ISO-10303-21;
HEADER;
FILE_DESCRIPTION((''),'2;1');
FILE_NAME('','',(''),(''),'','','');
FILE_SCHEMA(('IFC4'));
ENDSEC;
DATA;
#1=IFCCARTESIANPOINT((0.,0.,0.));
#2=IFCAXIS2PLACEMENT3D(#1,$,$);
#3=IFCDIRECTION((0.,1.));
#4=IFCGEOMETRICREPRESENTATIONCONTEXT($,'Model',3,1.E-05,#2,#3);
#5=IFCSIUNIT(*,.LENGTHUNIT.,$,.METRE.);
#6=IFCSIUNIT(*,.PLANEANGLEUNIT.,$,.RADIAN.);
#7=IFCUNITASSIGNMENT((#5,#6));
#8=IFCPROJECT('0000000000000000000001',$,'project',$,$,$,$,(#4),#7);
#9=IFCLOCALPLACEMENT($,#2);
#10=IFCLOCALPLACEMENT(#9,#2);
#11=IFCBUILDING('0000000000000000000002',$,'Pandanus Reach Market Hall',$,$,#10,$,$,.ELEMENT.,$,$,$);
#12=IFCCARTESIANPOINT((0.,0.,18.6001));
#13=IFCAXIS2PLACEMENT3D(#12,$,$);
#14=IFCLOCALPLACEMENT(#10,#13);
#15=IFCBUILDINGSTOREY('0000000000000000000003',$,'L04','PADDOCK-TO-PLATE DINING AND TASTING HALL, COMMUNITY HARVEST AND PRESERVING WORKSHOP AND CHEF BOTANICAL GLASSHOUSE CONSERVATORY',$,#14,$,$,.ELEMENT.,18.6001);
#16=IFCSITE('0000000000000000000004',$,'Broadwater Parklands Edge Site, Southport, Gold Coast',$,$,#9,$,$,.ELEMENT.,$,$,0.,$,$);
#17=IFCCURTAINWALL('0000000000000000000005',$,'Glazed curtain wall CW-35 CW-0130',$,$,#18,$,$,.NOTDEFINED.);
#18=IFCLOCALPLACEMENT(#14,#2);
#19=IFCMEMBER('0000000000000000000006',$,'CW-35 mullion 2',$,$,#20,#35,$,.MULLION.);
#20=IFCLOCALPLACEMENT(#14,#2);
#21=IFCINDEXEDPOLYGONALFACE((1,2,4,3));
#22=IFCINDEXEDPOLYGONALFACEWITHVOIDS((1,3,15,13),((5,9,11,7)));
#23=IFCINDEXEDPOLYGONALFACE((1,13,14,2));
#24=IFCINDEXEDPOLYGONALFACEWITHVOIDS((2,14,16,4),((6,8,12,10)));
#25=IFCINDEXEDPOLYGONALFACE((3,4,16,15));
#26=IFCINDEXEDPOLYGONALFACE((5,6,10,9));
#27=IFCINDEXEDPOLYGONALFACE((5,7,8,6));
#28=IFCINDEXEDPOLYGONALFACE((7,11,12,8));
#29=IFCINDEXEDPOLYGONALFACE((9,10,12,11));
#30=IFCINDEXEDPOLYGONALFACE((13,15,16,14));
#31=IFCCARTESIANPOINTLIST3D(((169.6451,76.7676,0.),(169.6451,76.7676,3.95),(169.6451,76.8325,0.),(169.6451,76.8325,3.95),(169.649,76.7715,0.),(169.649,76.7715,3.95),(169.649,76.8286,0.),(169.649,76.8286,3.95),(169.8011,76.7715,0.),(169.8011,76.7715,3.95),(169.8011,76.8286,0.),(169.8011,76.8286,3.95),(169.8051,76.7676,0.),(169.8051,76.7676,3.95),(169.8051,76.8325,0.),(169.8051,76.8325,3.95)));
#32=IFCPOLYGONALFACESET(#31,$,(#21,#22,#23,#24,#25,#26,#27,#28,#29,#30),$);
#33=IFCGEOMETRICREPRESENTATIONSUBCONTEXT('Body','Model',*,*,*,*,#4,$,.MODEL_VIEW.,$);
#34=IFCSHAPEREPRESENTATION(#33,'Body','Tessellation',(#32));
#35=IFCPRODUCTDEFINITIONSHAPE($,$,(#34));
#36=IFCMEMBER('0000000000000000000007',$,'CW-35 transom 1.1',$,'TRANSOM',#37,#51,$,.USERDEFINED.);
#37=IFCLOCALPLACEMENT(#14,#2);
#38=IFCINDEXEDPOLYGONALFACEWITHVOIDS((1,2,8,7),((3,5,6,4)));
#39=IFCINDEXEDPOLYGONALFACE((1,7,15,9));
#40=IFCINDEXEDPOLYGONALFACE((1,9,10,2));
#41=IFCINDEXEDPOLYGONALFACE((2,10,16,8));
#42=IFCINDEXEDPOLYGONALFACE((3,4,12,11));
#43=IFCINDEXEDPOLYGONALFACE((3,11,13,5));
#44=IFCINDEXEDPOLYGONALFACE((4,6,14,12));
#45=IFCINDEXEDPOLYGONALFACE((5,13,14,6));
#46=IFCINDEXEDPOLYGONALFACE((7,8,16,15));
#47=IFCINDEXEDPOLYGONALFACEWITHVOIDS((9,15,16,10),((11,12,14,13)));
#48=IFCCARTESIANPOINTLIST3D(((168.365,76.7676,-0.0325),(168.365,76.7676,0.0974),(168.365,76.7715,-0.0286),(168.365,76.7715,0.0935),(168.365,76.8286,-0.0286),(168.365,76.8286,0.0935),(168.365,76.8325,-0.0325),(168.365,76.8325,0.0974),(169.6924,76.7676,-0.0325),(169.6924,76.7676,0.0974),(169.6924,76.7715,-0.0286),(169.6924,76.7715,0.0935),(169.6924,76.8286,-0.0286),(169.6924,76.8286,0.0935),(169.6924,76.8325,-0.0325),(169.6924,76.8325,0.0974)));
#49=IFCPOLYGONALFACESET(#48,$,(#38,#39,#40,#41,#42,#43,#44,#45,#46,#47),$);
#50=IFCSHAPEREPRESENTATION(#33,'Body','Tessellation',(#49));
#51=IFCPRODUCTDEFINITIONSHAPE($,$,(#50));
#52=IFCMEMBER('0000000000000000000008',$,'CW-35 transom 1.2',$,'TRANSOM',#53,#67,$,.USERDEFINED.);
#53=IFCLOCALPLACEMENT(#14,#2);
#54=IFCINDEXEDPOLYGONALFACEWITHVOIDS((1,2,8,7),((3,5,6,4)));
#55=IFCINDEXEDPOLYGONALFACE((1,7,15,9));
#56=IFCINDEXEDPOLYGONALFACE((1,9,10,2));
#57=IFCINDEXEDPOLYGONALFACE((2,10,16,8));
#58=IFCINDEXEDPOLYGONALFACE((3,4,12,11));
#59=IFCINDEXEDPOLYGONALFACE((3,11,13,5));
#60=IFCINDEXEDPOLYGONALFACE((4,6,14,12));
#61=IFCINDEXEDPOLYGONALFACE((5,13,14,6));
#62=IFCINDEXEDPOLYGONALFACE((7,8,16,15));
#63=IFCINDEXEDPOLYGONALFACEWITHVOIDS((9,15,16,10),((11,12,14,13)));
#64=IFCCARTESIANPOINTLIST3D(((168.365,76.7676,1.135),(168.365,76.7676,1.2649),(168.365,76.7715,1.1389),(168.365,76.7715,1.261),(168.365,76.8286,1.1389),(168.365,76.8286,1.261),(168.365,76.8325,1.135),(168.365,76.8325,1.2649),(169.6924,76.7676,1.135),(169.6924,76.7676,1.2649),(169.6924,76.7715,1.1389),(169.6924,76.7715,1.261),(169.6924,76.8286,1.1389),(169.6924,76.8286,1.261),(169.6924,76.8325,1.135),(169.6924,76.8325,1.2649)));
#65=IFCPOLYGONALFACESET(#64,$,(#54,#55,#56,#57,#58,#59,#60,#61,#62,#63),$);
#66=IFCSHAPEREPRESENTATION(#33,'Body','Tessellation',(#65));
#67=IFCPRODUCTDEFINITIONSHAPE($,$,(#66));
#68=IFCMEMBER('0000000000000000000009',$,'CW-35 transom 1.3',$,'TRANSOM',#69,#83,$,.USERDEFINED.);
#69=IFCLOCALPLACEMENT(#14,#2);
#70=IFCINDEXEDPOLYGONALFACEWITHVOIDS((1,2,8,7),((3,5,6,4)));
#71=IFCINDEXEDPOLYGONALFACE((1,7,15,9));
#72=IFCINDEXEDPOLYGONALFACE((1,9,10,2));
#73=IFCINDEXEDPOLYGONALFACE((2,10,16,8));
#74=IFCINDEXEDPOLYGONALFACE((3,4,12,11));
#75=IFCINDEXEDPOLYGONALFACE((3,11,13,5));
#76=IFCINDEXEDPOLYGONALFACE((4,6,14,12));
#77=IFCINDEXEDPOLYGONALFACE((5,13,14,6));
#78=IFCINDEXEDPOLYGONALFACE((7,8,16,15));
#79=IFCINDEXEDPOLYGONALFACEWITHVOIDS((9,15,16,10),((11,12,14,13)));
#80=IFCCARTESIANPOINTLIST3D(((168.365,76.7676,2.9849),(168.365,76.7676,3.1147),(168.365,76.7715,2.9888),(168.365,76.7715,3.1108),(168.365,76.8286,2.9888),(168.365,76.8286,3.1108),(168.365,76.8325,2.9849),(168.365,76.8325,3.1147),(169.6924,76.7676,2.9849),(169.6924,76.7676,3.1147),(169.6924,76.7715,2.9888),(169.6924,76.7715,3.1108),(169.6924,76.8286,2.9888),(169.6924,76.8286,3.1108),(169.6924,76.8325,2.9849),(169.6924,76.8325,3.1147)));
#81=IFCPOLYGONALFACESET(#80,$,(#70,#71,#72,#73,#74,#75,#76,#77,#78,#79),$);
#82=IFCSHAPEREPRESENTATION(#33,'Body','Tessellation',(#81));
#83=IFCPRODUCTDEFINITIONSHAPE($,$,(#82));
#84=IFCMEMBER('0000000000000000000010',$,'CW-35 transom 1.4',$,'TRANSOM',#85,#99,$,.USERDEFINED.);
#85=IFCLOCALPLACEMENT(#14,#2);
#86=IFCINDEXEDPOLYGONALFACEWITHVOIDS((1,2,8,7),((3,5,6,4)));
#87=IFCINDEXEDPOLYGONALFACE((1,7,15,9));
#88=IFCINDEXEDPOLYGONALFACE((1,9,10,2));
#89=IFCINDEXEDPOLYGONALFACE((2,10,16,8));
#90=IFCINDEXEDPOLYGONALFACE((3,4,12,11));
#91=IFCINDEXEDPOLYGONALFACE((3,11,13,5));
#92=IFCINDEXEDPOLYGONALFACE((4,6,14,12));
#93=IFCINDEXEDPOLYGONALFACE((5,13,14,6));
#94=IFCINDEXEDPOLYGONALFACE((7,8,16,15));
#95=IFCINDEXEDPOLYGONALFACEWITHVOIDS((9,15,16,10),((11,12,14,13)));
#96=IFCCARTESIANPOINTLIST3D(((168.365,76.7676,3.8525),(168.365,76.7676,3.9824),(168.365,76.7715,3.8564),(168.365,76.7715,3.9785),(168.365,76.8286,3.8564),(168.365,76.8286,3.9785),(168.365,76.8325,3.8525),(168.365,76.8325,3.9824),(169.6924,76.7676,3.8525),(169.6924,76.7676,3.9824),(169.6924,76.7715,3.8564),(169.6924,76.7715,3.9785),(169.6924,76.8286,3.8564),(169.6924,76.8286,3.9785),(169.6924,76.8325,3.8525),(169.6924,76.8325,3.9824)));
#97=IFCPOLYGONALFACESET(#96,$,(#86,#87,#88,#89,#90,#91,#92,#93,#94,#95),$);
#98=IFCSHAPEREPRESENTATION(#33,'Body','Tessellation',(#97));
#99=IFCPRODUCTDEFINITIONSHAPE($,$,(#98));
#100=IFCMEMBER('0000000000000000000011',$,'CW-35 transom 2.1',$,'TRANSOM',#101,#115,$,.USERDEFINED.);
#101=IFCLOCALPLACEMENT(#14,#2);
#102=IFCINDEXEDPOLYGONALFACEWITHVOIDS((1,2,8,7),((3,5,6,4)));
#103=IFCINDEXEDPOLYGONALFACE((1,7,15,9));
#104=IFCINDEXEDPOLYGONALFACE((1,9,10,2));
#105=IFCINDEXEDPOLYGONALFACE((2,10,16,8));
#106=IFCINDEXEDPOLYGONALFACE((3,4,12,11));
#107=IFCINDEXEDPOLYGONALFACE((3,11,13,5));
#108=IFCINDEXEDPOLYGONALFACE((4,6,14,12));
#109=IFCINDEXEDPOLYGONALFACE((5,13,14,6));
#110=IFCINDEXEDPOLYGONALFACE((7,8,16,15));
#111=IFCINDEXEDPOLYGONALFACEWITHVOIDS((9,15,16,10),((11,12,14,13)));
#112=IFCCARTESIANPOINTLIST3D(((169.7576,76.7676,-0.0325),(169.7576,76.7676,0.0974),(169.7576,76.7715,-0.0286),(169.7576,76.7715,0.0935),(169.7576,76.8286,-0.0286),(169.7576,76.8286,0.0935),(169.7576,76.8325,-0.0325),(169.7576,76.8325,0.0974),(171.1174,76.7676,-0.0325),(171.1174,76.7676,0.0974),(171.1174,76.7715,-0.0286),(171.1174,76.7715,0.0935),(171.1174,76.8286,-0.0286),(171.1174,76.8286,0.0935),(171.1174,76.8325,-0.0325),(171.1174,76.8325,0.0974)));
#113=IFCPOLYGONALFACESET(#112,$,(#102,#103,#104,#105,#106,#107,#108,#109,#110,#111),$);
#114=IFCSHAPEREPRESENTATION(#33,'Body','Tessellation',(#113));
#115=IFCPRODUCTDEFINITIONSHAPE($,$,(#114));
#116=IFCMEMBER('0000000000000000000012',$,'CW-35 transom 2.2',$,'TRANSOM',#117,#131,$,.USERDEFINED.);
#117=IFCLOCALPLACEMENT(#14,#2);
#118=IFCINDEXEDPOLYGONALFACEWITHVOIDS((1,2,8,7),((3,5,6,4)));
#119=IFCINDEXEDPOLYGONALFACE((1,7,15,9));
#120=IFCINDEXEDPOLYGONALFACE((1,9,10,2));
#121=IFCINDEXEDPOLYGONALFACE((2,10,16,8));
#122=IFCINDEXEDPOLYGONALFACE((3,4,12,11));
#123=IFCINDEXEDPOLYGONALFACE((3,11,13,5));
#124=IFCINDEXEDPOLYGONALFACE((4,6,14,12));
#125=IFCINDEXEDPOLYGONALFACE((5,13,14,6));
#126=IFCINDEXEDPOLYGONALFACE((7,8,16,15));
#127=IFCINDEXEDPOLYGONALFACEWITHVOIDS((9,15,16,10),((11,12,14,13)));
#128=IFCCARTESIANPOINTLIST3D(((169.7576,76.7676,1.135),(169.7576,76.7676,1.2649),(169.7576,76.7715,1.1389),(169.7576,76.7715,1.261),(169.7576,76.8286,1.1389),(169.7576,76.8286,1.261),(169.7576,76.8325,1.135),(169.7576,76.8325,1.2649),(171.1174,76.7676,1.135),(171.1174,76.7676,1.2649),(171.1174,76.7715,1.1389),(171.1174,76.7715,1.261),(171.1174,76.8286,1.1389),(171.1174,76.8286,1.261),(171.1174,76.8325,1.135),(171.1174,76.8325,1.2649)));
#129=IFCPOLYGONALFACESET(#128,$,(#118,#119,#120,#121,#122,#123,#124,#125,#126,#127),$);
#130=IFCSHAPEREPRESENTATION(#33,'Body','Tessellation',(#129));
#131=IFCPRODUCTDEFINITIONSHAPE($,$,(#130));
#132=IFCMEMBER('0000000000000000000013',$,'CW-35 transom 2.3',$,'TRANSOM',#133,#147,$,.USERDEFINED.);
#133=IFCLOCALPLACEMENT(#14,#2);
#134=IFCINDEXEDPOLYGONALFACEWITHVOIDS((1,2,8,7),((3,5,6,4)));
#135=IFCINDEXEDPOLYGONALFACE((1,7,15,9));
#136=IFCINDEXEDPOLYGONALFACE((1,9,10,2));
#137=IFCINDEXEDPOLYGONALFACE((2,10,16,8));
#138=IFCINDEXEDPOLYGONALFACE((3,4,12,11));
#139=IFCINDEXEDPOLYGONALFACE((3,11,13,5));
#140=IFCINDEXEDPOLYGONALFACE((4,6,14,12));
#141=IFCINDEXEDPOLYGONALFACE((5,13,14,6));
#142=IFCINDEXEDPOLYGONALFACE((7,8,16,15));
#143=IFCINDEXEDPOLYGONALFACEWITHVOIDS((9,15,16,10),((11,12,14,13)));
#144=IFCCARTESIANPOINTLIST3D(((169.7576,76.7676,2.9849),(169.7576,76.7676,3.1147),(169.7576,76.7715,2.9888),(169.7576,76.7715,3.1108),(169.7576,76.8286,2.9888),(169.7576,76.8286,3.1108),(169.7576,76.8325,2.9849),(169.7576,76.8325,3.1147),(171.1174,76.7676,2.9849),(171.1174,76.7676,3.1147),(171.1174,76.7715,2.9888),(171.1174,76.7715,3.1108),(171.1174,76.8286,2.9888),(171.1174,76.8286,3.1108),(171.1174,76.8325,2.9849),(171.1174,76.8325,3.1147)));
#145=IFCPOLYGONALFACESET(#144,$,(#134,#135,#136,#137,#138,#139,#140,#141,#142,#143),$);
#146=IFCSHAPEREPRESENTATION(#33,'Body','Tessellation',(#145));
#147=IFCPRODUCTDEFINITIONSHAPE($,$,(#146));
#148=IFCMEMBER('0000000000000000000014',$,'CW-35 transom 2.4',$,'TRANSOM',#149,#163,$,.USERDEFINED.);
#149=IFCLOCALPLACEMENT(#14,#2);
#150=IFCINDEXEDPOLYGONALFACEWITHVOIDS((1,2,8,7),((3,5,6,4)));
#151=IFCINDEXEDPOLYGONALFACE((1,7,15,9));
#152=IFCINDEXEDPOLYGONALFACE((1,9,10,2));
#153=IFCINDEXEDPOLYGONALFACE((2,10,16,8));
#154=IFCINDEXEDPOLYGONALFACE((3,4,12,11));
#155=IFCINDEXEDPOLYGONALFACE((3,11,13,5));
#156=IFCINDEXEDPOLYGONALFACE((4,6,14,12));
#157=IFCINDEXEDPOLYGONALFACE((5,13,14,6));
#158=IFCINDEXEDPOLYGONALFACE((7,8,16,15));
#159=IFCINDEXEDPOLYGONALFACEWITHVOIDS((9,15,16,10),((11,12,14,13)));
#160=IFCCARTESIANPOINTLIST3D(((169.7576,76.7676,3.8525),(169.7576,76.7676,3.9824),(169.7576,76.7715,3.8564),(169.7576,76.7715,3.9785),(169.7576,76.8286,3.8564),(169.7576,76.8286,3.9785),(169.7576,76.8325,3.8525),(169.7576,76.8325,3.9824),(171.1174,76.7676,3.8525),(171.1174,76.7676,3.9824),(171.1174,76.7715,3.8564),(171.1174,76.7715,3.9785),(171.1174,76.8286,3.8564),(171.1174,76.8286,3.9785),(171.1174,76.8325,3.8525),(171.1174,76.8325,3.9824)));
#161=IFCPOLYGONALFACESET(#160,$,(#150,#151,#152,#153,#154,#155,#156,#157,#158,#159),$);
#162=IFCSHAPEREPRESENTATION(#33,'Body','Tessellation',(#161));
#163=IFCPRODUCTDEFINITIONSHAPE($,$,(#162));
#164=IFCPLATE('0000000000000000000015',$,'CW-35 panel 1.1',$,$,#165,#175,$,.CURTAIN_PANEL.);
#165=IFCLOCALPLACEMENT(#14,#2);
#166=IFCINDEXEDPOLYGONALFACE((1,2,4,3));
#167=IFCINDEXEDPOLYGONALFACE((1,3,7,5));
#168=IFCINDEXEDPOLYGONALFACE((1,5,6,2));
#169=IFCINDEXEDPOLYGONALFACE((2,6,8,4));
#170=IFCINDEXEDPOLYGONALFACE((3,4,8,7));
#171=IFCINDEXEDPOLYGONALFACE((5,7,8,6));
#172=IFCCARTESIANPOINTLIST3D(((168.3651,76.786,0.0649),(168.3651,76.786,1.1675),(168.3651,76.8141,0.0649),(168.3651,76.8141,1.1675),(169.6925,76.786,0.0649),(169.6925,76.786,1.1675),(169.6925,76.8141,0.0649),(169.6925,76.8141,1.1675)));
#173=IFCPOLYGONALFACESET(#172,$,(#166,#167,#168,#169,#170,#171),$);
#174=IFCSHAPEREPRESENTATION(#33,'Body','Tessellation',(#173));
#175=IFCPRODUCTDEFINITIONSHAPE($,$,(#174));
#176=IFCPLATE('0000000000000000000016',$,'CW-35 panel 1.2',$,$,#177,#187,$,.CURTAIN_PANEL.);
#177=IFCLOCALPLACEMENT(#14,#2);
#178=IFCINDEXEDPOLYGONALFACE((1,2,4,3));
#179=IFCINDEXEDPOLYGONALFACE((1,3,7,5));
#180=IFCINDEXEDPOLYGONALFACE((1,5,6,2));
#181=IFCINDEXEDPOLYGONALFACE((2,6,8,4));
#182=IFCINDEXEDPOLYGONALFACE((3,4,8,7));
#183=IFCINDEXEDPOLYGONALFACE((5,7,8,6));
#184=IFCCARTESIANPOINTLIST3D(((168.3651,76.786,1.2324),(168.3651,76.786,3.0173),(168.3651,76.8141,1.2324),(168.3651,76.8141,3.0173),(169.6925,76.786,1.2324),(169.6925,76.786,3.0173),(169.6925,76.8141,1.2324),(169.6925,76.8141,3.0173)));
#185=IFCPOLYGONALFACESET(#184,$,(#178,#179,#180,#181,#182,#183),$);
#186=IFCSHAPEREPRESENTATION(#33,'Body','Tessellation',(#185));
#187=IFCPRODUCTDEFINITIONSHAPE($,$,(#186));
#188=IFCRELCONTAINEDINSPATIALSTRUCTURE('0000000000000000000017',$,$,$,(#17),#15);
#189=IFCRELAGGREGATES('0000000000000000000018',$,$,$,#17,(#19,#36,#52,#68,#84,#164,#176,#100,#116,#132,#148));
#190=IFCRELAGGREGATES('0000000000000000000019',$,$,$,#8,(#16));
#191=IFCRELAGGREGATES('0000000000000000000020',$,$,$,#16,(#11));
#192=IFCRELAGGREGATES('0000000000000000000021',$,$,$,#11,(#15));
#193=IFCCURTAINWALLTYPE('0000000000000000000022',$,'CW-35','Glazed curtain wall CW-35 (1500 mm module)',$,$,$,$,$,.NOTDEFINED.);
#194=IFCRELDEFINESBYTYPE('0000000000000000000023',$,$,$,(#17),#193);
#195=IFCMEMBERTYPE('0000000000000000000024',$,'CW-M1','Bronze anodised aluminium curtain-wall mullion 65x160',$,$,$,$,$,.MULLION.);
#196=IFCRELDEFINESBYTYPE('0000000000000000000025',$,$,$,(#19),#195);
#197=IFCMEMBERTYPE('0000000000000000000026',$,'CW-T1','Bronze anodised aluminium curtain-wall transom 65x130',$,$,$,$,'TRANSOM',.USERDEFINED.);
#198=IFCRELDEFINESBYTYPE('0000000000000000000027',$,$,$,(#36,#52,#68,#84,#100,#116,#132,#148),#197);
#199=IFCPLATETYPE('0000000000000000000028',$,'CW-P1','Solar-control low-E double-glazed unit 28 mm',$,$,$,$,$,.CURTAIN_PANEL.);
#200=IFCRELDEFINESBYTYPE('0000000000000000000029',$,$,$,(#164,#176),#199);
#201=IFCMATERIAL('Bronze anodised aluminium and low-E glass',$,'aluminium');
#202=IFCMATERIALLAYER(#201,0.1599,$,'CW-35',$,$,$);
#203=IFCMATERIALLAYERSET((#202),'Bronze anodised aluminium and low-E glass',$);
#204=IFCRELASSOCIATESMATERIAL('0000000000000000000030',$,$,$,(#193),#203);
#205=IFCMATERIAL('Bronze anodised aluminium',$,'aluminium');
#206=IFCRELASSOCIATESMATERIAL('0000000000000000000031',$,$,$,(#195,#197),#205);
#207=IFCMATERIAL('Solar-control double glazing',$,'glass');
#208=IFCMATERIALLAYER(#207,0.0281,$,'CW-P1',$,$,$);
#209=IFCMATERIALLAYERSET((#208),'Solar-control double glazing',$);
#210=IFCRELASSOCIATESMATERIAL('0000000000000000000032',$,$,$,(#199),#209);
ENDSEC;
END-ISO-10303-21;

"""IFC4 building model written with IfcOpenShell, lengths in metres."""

from ifc_helpers import new_model, si_unit, direction, frame, origin, origin_2d, place, context, subcontext, project, spatial, rectangle, hollow_rectangle, extrude, material, layer, layer_set, material_profile, profile_set, type_object, element, aggregate, save


model = new_model("IFC4")

# Units and contexts
model_context = context("Model", 3, precision=1e-05, world=origin(), true_north=direction((0.0, 1.0)))
body_context = subcontext(model_context, "Body", "Model", "MODEL_VIEW")
ifc_project = project(units=[si_unit("LENGTHUNIT", "METRE"), si_unit("PLANEANGLEUNIT", "RADIAN")], contexts=[model_context])

# Site, building, storey
site_placement = place(None, origin())
site = spatial("IfcSite", under=ifc_project, at=site_placement, Name="Broadwater Parklands Edge Site, Southport, Gold Coast", CompositionType="ELEMENT", RefElevation=0.0)
building_placement = place(site_placement, origin())
building = spatial("IfcBuilding", under=site, at=building_placement, Name="Pandanus Reach Market Hall", CompositionType="ELEMENT")
storey_placement = place(building_placement, frame((0.0, 0.0, 18.6001)))
storey = spatial("IfcBuildingStorey", under=building, at=storey_placement, Name="L04", Description="PADDOCK-TO-PLATE DINING AND TASTING HALL, COMMUNITY HARVEST AND PRESERVING WORKSHOP AND CHEF BOTANICAL GLASSHOUSE CONSERVATORY", CompositionType="ELEMENT", Elevation=18.6001)

# Curtain wall, members, plates
ifc_material_1 = material(Name="Bronze anodised aluminium and low-E glass", Category="aluminium")
ifc_layer_1 = layer(ifc_material_1, 0.1599, Name="CW-35")
ifc_layer_set_1 = layer_set([ifc_layer_1], Name="Bronze anodised aluminium and low-E glass")
curtain_wall_type = type_object("IfcCurtainWallType", Name="CW-35", Description="Glazed curtain wall CW-35 (1500 mm module)", PredefinedType="NOTDEFINED", material=ifc_layer_set_1)
curtain_wall_placement = place(storey_placement, origin())
curtain_wall = element("IfcCurtainWall", 1, at=curtain_wall_placement, inside=storey, type_object=curtain_wall_type, Name="Glazed curtain wall CW-35 CW-0130", PredefinedType="NOTDEFINED")
ifc_material_2 = material(Name="Bronze anodised aluminium", Category="aluminium")
ifc_material_profile_1 = material_profile(ifc_material_2, hollow_rectangle(XDim=0.0649, YDim=0.1599, WallThickness=0.0039, at=origin_2d()), Name="ALU65x160", Category="LoadBearing")
ifc_profile_set_1 = profile_set([ifc_material_profile_1], Name="Bronze anodised aluminium")
member_type_1 = type_object("IfcMemberType", Name="CW-M1", Description="Bronze anodised aluminium curtain-wall mullion 65x160", PredefinedType="MULLION", material=ifc_profile_set_1)
member_1_placement = place(storey_placement, frame((169.7251, 76.8, 0.0), z_axis=(0.0, 0.0, 1.0), x_axis=(0.0, 1.0, 0.0)))
member_1 = element("IfcMember", 2, at=member_1_placement, type_object=member_type_1, Name="CW-35 mullion 2", PredefinedType="MULLION", context=body_context, shape_type="SweptSolid", body=[
    extrude(hollow_rectangle(XDim=0.0649, YDim=0.1599, WallThickness=0.0039, at=origin_2d()), origin(), (0.0, 0.0, 1.0), 3.95),
])
ifc_material_profile_2 = material_profile(ifc_material_2, hollow_rectangle(XDim=0.0649, YDim=0.1299, WallThickness=0.0039, at=origin_2d()), Name="ALU65x130", Category="LoadBearing")
ifc_profile_set_2 = profile_set([ifc_material_profile_2], Name="Bronze anodised aluminium")
member_type_2 = type_object("IfcMemberType", Name="CW-T1", Description="Bronze anodised aluminium curtain-wall transom 65x130", ElementType="TRANSOM", PredefinedType="USERDEFINED", material=ifc_profile_set_2)
member_2_placement = place(storey_placement, frame((168.365, 76.8, 0.0325), z_axis=(1.0, 0.0, 0.0), x_axis=(0.0, 1.0, 0.0)))
member_2 = element("IfcMember", 3, at=member_2_placement, type_object=member_type_2, Name="CW-35 transom 1.1", ObjectType="TRANSOM", PredefinedType="USERDEFINED", context=body_context, shape_type="SweptSolid", body=[
    extrude(hollow_rectangle(XDim=0.0649, YDim=0.1299, WallThickness=0.0039, at=origin_2d()), origin(), (0.0, 0.0, 1.0), 1.3274),
])
member_3_placement = place(storey_placement, frame((168.365, 76.8, 1.2), z_axis=(1.0, 0.0, 0.0), x_axis=(0.0, 1.0, 0.0)))
member_3 = element("IfcMember", 4, at=member_3_placement, type_object=member_type_2, Name="CW-35 transom 1.2", ObjectType="TRANSOM", PredefinedType="USERDEFINED", context=body_context, shape_type="SweptSolid", body=[
    extrude(hollow_rectangle(XDim=0.0649, YDim=0.1299, WallThickness=0.0039, at=origin_2d()), origin(), (0.0, 0.0, 1.0), 1.3274),
])
member_4_placement = place(storey_placement, frame((168.365, 76.8, 3.0498), z_axis=(1.0, 0.0, 0.0), x_axis=(0.0, 1.0, 0.0)))
member_4 = element("IfcMember", 5, at=member_4_placement, type_object=member_type_2, Name="CW-35 transom 1.3", ObjectType="TRANSOM", PredefinedType="USERDEFINED", context=body_context, shape_type="SweptSolid", body=[
    extrude(hollow_rectangle(XDim=0.0649, YDim=0.1299, WallThickness=0.0039, at=origin_2d()), origin(), (0.0, 0.0, 1.0), 1.3274),
])
member_5_placement = place(storey_placement, frame((168.365, 76.8, 3.9175), z_axis=(1.0, 0.0, 0.0), x_axis=(0.0, 1.0, 0.0)))
member_5 = element("IfcMember", 6, at=member_5_placement, type_object=member_type_2, Name="CW-35 transom 1.4", ObjectType="TRANSOM", PredefinedType="USERDEFINED", context=body_context, shape_type="SweptSolid", body=[
    extrude(hollow_rectangle(XDim=0.0649, YDim=0.1299, WallThickness=0.0039, at=origin_2d()), origin(), (0.0, 0.0, 1.0), 1.3274),
])
member_6_placement = place(storey_placement, frame((169.7576, 76.8, 0.0325), z_axis=(1.0, 0.0, 0.0), x_axis=(0.0, 1.0, 0.0)))
member_6 = element("IfcMember", 7, at=member_6_placement, type_object=member_type_2, Name="CW-35 transom 2.1", ObjectType="TRANSOM", PredefinedType="USERDEFINED", context=body_context, shape_type="SweptSolid", body=[
    extrude(hollow_rectangle(XDim=0.0649, YDim=0.1299, WallThickness=0.0039, at=origin_2d()), origin(), (0.0, 0.0, 1.0), 1.3599),
])
member_7_placement = place(storey_placement, frame((169.7576, 76.8, 1.2), z_axis=(1.0, 0.0, 0.0), x_axis=(0.0, 1.0, 0.0)))
member_7 = element("IfcMember", 8, at=member_7_placement, type_object=member_type_2, Name="CW-35 transom 2.2", ObjectType="TRANSOM", PredefinedType="USERDEFINED", context=body_context, shape_type="SweptSolid", body=[
    extrude(hollow_rectangle(XDim=0.0649, YDim=0.1299, WallThickness=0.0039, at=origin_2d()), origin(), (0.0, 0.0, 1.0), 1.3599),
])
member_8_placement = place(storey_placement, frame((169.7576, 76.8, 3.0498), z_axis=(1.0, 0.0, 0.0), x_axis=(0.0, 1.0, 0.0)))
member_8 = element("IfcMember", 9, at=member_8_placement, type_object=member_type_2, Name="CW-35 transom 2.3", ObjectType="TRANSOM", PredefinedType="USERDEFINED", context=body_context, shape_type="SweptSolid", body=[
    extrude(hollow_rectangle(XDim=0.0649, YDim=0.1299, WallThickness=0.0039, at=origin_2d()), origin(), (0.0, 0.0, 1.0), 1.3599),
])
member_9_placement = place(storey_placement, frame((169.7576, 76.8, 3.9175), z_axis=(1.0, 0.0, 0.0), x_axis=(0.0, 1.0, 0.0)))
member_9 = element("IfcMember", 10, at=member_9_placement, type_object=member_type_2, Name="CW-35 transom 2.4", ObjectType="TRANSOM", PredefinedType="USERDEFINED", context=body_context, shape_type="SweptSolid", body=[
    extrude(hollow_rectangle(XDim=0.0649, YDim=0.1299, WallThickness=0.0039, at=origin_2d()), origin(), (0.0, 0.0, 1.0), 1.3599),
])
ifc_material_3 = material(Name="Solar-control double glazing", Category="glass")
ifc_layer_2 = layer(ifc_material_3, 0.0281, Name="CW-P1")
ifc_layer_set_2 = layer_set([ifc_layer_2], Name="Solar-control double glazing")
plate_type = type_object("IfcPlateType", Name="CW-P1", Description="Solar-control low-E double-glazed unit 28 mm", PredefinedType="CURTAIN_PANEL", material=ifc_layer_set_2)
plate_1_placement = place(storey_placement, frame((169.0288, 76.8, 0.0649), z_axis=(0.0, 0.0, 1.0), x_axis=(1.0, 0.0, 0.0)))
plate_1 = element("IfcPlate", 11, at=plate_1_placement, type_object=plate_type, Name="CW-35 panel 1.1", PredefinedType="CURTAIN_PANEL", context=body_context, shape_type="SweptSolid", body=[
    extrude(rectangle(XDim=1.3274, YDim=0.0281, at=origin_2d()), origin(), (0.0, 0.0, 1.0), 1.1025),
])
plate_2_placement = place(storey_placement, frame((169.0288, 76.8, 1.2324), z_axis=(0.0, 0.0, 1.0), x_axis=(1.0, 0.0, 0.0)))
plate_2 = element("IfcPlate", 12, at=plate_2_placement, type_object=plate_type, Name="CW-35 panel 1.2", PredefinedType="CURTAIN_PANEL", context=body_context, shape_type="SweptSolid", body=[
    extrude(rectangle(XDim=1.3274, YDim=0.0281, at=origin_2d()), origin(), (0.0, 0.0, 1.0), 1.7849),
])
aggregate(curtain_wall, [member_1, member_2, member_3, member_4, member_5, plate_1, plate_2, member_6, member_7, member_8, member_9])

save(model, "model.ifc")
